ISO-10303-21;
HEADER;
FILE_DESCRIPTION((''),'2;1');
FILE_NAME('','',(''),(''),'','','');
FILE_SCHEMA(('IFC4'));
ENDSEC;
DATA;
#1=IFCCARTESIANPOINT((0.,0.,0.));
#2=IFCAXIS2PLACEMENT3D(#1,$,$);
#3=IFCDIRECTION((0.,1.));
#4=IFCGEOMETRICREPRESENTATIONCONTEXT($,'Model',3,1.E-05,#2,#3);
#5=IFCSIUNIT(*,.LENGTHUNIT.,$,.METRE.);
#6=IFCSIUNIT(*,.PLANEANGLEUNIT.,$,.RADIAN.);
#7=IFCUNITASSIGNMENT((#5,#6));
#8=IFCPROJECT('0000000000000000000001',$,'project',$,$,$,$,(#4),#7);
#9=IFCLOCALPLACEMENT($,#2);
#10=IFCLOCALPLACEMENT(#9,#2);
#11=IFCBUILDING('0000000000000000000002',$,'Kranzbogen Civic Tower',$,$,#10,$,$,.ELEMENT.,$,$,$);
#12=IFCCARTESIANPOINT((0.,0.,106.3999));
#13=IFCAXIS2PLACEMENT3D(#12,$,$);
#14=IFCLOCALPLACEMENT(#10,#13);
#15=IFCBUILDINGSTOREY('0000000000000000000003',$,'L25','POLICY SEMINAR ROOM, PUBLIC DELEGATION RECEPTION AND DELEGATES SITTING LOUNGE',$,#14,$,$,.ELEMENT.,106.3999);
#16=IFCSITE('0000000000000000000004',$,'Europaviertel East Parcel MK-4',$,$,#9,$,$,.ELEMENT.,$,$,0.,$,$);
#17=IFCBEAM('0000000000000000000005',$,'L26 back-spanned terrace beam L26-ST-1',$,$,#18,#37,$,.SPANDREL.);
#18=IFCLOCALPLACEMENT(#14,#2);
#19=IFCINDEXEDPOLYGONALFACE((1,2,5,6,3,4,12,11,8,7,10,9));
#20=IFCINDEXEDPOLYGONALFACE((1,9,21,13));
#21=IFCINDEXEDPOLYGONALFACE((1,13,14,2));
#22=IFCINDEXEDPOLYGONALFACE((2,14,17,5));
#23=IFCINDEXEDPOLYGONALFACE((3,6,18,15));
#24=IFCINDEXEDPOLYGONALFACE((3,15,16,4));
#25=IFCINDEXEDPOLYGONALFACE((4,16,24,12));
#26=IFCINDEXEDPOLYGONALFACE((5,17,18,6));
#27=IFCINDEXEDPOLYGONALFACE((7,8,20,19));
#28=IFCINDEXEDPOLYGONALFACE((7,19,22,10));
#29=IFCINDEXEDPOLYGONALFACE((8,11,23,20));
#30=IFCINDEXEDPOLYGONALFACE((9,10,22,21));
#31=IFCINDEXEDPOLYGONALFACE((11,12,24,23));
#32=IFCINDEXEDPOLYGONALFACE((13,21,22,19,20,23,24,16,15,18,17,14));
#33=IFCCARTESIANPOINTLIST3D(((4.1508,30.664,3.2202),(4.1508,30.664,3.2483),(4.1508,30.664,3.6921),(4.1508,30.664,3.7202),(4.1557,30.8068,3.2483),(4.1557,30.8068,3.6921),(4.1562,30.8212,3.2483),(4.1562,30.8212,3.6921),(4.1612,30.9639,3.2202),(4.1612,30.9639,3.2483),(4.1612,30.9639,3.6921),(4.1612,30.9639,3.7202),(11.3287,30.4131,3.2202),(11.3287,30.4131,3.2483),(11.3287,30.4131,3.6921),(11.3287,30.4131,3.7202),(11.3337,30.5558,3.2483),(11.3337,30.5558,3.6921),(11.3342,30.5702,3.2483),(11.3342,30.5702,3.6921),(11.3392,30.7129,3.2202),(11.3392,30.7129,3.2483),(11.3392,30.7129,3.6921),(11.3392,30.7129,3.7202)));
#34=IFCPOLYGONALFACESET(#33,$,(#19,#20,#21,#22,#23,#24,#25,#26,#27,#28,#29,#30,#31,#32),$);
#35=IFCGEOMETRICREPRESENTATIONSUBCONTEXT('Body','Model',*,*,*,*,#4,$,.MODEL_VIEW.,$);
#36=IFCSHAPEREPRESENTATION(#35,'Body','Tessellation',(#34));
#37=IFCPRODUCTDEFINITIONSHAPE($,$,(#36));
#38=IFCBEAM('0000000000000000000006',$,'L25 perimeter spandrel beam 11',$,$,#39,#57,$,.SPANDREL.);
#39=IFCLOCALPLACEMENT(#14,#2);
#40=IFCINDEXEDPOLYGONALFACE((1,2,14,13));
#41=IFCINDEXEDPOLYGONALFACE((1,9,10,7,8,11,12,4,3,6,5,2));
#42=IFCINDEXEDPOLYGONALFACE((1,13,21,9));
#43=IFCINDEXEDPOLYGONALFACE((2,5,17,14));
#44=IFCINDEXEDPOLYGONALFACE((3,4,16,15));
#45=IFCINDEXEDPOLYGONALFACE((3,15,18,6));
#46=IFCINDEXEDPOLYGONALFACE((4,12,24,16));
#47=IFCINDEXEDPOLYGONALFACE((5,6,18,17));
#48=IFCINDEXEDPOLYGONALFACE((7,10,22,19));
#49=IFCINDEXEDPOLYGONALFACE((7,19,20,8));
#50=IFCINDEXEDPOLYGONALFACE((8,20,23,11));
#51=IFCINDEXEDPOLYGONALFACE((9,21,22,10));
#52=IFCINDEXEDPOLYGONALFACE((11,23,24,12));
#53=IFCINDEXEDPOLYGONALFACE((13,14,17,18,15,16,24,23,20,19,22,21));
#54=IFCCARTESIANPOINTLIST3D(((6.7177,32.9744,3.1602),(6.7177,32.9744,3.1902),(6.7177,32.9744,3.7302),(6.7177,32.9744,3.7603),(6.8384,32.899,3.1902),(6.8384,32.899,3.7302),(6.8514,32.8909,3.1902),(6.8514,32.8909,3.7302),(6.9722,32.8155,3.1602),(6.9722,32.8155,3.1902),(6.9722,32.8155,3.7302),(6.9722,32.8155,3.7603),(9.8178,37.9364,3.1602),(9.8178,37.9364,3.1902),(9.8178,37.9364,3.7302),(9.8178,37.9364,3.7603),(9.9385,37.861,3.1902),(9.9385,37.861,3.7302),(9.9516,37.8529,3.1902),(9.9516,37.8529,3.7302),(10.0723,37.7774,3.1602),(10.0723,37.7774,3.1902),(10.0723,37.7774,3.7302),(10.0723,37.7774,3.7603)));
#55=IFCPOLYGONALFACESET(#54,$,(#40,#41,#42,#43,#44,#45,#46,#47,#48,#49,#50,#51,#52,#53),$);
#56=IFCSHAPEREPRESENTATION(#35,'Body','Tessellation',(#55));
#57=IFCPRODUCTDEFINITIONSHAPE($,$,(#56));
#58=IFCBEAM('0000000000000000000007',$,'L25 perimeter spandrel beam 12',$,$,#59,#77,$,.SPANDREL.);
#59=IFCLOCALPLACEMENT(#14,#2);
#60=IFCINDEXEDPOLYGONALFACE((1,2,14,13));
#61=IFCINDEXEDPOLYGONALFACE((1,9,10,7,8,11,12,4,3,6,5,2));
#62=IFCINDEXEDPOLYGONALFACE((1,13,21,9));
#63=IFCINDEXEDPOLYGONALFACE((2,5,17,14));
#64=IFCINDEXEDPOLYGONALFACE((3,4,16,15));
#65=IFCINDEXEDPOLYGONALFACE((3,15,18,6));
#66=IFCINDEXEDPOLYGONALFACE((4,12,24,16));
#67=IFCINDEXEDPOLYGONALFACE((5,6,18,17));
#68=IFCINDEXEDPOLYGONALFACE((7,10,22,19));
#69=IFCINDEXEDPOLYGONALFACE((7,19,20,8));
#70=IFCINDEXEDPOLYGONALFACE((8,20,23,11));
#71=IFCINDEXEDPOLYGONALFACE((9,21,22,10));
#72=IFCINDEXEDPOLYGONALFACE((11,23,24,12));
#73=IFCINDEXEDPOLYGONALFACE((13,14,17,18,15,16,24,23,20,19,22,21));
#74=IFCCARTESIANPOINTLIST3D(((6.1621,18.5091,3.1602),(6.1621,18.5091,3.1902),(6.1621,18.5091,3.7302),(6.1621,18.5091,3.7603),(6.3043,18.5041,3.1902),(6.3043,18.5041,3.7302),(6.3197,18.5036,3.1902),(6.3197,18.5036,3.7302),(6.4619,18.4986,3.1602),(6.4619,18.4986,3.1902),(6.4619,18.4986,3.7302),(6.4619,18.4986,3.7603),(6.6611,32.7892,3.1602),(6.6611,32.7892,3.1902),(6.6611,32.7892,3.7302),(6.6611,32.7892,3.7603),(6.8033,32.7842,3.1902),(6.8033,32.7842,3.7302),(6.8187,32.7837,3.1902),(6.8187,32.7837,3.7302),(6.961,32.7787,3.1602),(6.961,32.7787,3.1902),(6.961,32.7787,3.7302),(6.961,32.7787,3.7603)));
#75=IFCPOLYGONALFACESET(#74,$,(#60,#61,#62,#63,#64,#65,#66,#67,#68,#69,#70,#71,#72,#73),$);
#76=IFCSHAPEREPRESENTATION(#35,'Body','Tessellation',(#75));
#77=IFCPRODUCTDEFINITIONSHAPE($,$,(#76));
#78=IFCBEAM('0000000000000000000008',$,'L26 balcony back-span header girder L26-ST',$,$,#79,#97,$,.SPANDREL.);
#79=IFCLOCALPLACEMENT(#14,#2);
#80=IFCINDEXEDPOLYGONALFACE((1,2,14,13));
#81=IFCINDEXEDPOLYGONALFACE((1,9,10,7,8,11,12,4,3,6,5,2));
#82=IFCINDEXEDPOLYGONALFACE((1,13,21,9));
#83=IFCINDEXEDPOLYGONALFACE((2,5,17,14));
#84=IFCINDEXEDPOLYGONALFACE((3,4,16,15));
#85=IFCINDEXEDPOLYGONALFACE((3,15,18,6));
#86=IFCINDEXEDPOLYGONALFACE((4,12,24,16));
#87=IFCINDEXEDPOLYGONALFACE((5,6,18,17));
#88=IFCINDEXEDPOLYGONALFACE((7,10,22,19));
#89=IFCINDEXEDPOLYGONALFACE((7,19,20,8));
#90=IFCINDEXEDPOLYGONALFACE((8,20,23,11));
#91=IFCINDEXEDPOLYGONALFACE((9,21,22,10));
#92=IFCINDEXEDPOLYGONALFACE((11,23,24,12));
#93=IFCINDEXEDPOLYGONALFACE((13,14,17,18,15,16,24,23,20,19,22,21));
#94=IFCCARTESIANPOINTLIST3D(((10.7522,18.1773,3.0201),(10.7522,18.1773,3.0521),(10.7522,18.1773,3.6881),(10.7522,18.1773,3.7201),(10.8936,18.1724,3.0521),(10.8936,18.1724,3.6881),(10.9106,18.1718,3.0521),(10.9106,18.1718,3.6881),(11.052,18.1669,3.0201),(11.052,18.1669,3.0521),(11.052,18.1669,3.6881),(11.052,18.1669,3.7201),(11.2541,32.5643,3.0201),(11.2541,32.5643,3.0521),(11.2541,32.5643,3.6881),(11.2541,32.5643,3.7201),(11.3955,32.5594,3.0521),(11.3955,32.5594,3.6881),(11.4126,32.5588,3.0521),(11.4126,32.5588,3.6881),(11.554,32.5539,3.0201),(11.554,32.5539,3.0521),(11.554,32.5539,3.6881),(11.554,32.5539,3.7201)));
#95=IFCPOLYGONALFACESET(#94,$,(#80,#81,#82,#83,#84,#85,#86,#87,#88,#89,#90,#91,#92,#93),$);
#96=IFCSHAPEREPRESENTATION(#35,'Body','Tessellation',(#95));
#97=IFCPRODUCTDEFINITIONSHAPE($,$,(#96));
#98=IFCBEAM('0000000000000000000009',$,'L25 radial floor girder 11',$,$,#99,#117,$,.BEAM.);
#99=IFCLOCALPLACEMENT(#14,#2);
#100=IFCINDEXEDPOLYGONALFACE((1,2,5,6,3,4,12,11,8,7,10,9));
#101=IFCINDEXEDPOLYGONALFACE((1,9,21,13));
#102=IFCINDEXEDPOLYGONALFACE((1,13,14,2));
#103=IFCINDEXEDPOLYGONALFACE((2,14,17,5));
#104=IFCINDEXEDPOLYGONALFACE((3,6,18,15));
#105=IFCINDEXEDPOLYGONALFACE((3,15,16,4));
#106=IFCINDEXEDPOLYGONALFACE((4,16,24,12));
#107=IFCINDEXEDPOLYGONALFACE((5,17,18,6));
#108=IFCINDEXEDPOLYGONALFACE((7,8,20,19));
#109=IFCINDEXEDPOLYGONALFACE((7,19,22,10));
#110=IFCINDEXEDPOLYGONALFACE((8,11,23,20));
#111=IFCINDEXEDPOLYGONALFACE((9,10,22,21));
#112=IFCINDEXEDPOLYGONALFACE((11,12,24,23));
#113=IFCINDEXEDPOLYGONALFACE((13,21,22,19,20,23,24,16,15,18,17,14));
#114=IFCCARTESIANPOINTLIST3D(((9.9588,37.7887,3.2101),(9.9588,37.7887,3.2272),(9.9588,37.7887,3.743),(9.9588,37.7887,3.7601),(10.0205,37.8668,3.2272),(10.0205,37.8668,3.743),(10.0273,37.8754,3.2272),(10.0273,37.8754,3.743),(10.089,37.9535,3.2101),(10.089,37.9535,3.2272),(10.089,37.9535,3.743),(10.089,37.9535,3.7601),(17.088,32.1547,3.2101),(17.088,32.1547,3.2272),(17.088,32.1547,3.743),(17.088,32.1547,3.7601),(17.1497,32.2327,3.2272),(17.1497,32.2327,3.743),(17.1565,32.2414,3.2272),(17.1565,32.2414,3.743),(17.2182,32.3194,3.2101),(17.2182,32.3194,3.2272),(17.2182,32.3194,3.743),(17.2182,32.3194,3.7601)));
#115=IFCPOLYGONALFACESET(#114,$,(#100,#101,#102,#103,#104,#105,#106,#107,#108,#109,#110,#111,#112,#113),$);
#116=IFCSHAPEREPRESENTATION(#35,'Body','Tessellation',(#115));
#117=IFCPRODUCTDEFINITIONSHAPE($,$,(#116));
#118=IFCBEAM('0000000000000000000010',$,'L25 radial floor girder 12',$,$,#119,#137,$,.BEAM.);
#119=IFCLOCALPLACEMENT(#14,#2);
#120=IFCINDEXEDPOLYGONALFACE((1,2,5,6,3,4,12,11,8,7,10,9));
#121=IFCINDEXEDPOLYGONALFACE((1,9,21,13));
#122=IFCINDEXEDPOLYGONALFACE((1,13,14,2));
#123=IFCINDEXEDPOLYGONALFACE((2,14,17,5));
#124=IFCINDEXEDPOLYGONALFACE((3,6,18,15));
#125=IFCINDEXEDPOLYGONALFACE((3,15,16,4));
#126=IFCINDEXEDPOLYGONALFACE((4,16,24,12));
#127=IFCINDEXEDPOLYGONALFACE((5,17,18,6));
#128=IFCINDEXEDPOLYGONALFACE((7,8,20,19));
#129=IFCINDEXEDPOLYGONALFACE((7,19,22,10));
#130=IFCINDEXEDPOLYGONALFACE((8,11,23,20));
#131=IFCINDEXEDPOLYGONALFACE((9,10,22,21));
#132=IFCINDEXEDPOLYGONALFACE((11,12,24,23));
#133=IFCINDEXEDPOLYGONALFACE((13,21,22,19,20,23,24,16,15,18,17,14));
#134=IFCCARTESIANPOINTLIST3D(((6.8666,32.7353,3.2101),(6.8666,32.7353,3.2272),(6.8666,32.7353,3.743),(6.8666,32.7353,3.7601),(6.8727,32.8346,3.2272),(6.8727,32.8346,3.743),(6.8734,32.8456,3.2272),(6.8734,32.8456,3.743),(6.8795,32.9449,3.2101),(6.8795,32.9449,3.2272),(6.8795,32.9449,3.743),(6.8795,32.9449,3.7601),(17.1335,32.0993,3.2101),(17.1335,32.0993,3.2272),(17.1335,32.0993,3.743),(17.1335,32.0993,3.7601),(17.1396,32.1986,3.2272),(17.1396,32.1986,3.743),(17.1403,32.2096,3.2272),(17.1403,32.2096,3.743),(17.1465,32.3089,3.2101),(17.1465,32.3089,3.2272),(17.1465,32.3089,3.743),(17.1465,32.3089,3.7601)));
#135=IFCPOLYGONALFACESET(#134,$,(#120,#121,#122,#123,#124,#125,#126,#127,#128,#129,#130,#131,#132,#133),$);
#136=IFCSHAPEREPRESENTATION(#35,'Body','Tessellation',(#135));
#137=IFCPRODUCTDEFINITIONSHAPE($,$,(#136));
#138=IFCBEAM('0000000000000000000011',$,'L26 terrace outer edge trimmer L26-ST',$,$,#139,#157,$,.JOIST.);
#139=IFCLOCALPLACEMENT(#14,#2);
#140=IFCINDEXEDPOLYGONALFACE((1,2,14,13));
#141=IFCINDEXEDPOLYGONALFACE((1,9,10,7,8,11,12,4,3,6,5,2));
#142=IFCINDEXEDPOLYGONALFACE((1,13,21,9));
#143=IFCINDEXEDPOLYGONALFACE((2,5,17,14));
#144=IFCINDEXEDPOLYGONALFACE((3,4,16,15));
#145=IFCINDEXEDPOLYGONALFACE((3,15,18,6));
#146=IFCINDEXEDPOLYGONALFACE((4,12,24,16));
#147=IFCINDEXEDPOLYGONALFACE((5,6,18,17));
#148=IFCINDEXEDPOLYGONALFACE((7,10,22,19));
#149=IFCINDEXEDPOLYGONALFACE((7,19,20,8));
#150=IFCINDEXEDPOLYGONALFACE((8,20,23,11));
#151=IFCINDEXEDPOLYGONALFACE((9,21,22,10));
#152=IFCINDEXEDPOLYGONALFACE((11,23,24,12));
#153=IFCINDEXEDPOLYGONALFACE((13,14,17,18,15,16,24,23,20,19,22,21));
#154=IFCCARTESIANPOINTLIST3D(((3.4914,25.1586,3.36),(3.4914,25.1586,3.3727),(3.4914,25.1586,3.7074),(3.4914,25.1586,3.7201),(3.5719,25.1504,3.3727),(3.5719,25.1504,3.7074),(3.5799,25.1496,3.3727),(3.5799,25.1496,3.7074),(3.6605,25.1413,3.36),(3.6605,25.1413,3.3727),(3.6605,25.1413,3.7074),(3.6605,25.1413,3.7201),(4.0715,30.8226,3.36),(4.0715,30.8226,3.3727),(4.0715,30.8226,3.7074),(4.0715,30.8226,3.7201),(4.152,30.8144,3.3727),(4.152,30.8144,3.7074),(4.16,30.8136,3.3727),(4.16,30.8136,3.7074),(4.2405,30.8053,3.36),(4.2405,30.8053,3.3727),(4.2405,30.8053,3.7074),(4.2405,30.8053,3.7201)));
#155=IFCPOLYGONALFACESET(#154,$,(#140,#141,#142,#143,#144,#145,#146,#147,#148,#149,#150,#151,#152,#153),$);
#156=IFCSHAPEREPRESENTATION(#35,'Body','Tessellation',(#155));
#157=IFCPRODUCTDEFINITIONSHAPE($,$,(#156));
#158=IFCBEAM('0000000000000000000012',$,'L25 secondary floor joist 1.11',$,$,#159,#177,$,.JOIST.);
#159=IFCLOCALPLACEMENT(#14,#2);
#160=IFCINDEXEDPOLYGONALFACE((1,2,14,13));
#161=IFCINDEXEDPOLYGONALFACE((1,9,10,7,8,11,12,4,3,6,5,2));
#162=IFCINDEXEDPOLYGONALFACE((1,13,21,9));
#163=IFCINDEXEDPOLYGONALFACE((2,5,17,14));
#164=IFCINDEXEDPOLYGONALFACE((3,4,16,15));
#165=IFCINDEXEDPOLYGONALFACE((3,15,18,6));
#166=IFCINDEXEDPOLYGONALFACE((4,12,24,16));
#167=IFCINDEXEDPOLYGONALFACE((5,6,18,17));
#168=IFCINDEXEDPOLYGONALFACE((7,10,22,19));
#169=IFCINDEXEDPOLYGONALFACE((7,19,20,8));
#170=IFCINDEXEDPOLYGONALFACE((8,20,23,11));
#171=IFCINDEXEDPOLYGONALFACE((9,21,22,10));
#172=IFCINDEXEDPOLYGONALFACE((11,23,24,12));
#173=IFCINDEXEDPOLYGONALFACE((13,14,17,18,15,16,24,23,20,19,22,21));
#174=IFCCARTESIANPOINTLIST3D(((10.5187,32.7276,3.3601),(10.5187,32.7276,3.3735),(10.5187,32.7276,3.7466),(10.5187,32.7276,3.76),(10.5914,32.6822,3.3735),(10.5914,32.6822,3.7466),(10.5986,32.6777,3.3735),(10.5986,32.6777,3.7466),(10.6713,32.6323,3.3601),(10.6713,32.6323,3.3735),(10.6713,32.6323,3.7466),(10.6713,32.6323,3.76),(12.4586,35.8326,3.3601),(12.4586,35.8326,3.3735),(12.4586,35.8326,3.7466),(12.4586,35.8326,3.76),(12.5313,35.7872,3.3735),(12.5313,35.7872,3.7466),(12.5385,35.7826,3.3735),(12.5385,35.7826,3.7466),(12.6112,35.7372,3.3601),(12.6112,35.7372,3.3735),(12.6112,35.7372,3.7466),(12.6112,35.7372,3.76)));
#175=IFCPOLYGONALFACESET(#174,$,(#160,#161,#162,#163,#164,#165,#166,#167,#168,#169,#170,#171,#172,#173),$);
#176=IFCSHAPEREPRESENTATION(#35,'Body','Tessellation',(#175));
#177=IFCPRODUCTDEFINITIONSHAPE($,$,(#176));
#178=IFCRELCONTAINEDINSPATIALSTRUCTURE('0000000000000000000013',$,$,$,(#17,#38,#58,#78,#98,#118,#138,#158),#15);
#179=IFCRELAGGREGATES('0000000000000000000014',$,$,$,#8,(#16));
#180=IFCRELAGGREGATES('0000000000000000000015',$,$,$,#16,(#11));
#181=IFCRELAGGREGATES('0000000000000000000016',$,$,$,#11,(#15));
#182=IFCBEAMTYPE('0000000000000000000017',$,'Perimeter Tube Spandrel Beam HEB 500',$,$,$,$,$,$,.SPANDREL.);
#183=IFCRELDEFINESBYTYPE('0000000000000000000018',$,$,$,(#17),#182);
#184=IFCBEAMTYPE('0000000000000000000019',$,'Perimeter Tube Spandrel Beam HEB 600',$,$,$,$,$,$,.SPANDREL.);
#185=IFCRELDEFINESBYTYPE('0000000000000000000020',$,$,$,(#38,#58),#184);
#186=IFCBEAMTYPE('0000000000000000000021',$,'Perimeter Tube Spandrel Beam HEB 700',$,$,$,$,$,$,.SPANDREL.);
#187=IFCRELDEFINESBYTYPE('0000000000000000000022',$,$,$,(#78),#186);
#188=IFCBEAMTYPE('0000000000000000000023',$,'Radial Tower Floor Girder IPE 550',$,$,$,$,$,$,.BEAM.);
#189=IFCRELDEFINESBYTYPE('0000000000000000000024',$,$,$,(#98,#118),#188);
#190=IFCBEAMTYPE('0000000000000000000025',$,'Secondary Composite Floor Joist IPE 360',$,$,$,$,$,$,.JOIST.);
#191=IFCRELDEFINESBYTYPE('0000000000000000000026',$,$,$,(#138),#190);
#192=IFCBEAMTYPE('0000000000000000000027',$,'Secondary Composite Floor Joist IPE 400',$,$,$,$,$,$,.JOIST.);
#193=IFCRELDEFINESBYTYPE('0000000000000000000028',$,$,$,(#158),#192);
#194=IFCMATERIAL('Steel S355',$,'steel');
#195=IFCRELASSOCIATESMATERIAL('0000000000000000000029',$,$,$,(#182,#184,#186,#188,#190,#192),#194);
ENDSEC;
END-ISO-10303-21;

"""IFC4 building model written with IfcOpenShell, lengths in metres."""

from ifc_helpers import new_model, si_unit, direction, frame, origin, origin_2d, place, context, subcontext, project, spatial, i_section, extrude, material, material_profile, profile_set, type_object, element, save


model = new_model("IFC4")

# Units and contexts
model_context = context("Model", 3, precision=1e-05, world=origin(), true_north=direction((0.0, 1.0)))
body_context = subcontext(model_context, "Body", "Model", "MODEL_VIEW")
ifc_project = project(units=[si_unit("LENGTHUNIT", "METRE"), si_unit("PLANEANGLEUNIT", "RADIAN")], contexts=[model_context])

# Site, building, storey
site_placement = place(None, origin())
site = spatial("IfcSite", under=ifc_project, at=site_placement, Name="Europaviertel East Parcel MK-4", CompositionType="ELEMENT", RefElevation=0.0)
building_placement = place(site_placement, origin())
building = spatial("IfcBuilding", under=site, at=building_placement, Name="Kranzbogen Civic Tower", CompositionType="ELEMENT")
storey_placement = place(building_placement, frame((0.0, 0.0, 106.3999)))
storey = spatial("IfcBuildingStorey", under=building, at=storey_placement, Name="L25", Description="POLICY SEMINAR ROOM, PUBLIC DELEGATION RECEPTION AND DELEGATES SITTING LOUNGE", CompositionType="ELEMENT", Elevation=106.3999)

# Shared definitions
ifc_material_1 = material(Name="Steel S355", Category="steel")

# Beams
ifc_material_profile_1 = material_profile(ifc_material_1, i_section(OverallWidth=0.3, OverallDepth=0.5, WebThickness=0.0144, FlangeThickness=0.0281, at=origin_2d()), Name="HEB 500")
ifc_profile_set_1 = profile_set([ifc_material_profile_1], Name="Steel S355")
beam_type_1 = type_object("IfcBeamType", Name="Perimeter Tube Spandrel Beam HEB 500", PredefinedType="SPANDREL", material=ifc_profile_set_1)
beam_1_placement = place(storey_placement, frame((11.334, 30.563, 3.4702), z_axis=(-0.999389, 0.034943, 0.0), x_axis=(-0.034943, -0.999389, 0.0)))
element("IfcBeam", 1, at=beam_1_placement, inside=storey, type_object=beam_type_1, Name="L26 back-spanned terrace beam L26-ST-1", PredefinedType="SPANDREL", context=body_context, shape_type="SweptSolid", body=[
    extrude(i_section(OverallWidth=0.3, OverallDepth=0.5, WebThickness=0.0144, FlangeThickness=0.0281, at=origin_2d()), origin(), (0.0, 0.0, 1.0), 7.1824),
])
ifc_material_profile_2 = material_profile(ifc_material_1, i_section(OverallWidth=0.3, OverallDepth=0.6001, WebThickness=0.0154, FlangeThickness=0.03, at=origin_2d()), Name="HEB 600")
ifc_profile_set_2 = profile_set([ifc_material_profile_2], Name="Steel S355")
beam_type_2 = type_object("IfcBeamType", Name="Perimeter Tube Spandrel Beam HEB 600", PredefinedType="SPANDREL", material=ifc_profile_set_2)
beam_2_placement = place(storey_placement, frame((9.9451, 37.8569, 3.4602), z_axis=(-0.529864, -0.848083, 0.0), x_axis=(0.848083, -0.529864, 0.0)))
element("IfcBeam", 2, at=beam_2_placement, inside=storey, type_object=beam_type_2, Name="L25 perimeter spandrel beam 11", PredefinedType="SPANDREL", context=body_context, shape_type="SweptSolid", body=[
    extrude(i_section(OverallWidth=0.3, OverallDepth=0.6001, WebThickness=0.0154, FlangeThickness=0.03, at=origin_2d()), origin(), (0.0, 0.0, 1.0), 5.8508),
])
beam_3_placement = place(storey_placement, frame((6.811, 32.7839, 3.4602), z_axis=(-0.034924, -0.99939, 0.0), x_axis=(0.99939, -0.034924, 0.0)))
element("IfcBeam", 3, at=beam_3_placement, inside=storey, type_object=beam_type_2, Name="L25 perimeter spandrel beam 12", PredefinedType="SPANDREL", context=body_context, shape_type="SweptSolid", body=[
    extrude(i_section(OverallWidth=0.3, OverallDepth=0.6001, WebThickness=0.0154, FlangeThickness=0.03, at=origin_2d()), origin(), (0.0, 0.0, 1.0), 14.2888),
])
ifc_material_profile_3 = material_profile(ifc_material_1, i_section(OverallWidth=0.3, OverallDepth=0.7, WebThickness=0.0171, FlangeThickness=0.032, at=origin_2d()), Name="HEB 700")
ifc_profile_set_3 = profile_set([ifc_material_profile_3], Name="Steel S355")
beam_type_3 = type_object("IfcBeamType", Name="Perimeter Tube Spandrel Beam HEB 700", PredefinedType="SPANDREL", material=ifc_profile_set_3)
beam_4_placement = place(storey_placement, frame((11.4041, 32.5591, 3.3701), z_axis=(-0.034868, -0.999392, 0.0), x_axis=(0.999392, -0.034868, 0.0)))
element("IfcBeam", 4, at=beam_4_placement, inside=storey, type_object=beam_type_3, Name="L26 balcony back-span header girder L26-ST", PredefinedType="SPANDREL", context=body_context, shape_type="SweptSolid", body=[
    extrude(i_section(OverallWidth=0.3, OverallDepth=0.7, WebThickness=0.0171, FlangeThickness=0.032, at=origin_2d()), origin(), (0.0, 0.0, 1.0), 14.3958),
])
ifc_material_profile_4 = material_profile(ifc_material_1, i_section(OverallWidth=0.21, OverallDepth=0.55, WebThickness=0.011, FlangeThickness=0.0171, at=origin_2d()), Name="IPE 550")
ifc_profile_set_4 = profile_set([ifc_material_profile_4], Name="Steel S355")
beam_type_4 = type_object("IfcBeamType", Name="Radial Tower Floor Girder IPE 550", PredefinedType="BEAM", material=ifc_profile_set_4)
beam_5_placement = place(storey_placement, frame((10.0239, 37.8711, 3.4851), z_axis=(0.784575, -0.620034, 0.0), x_axis=(0.620034, 0.784575, 0.0)))
element("IfcBeam", 5, at=beam_5_placement, inside=storey, type_object=beam_type_4, Name="L25 radial floor girder 11", PredefinedType="BEAM", context=body_context, shape_type="SweptSolid", body=[
    extrude(i_section(OverallWidth=0.21, OverallDepth=0.55, WebThickness=0.011, FlangeThickness=0.0171, at=origin_2d()), origin(), (0.0, 0.0, 1.0), 9.0867),
])
beam_6_placement = place(storey_placement, frame((6.873, 32.8401, 3.4851), z_axis=(0.998087, -0.061827, 0.0), x_axis=(0.061827, 0.998087, 0.0)))
element("IfcBeam", 6, at=beam_6_placement, inside=storey, type_object=beam_type_4, Name="L25 radial floor girder 12", PredefinedType="BEAM", context=body_context, shape_type="SweptSolid", body=[
    extrude(i_section(OverallWidth=0.21, OverallDepth=0.55, WebThickness=0.011, FlangeThickness=0.0171, at=origin_2d()), origin(), (0.0, 0.0, 1.0), 10.2866),
])
ifc_material_profile_5 = material_profile(ifc_material_1, i_section(OverallWidth=0.1699, OverallDepth=0.3601, WebThickness=0.0081, FlangeThickness=0.0127, at=origin_2d()), Name="IPE 360")
ifc_profile_set_5 = profile_set([ifc_material_profile_5], Name="Steel S355")
beam_type_5 = type_object("IfcBeamType", Name="Secondary Composite Floor Joist IPE 360", PredefinedType="JOIST", material=ifc_profile_set_5)
beam_7_placement = place(storey_placement, frame((4.156, 30.814, 3.54), z_axis=(-0.101881, -0.994797, 0.0), x_axis=(0.994797, -0.101881, 0.0)))
element("IfcBeam", 7, at=beam_7_placement, inside=storey, type_object=beam_type_5, Name="L26 terrace outer edge trimmer L26-ST", PredefinedType="JOIST", context=body_context, shape_type="SweptSolid", body=[
    extrude(i_section(OverallWidth=0.1699, OverallDepth=0.3601, WebThickness=0.0081, FlangeThickness=0.0127, at=origin_2d()), origin(), (0.0, 0.0, 1.0), 5.6936),
])
ifc_material_profile_6 = material_profile(ifc_material_1, i_section(OverallWidth=0.1799, OverallDepth=0.3999, WebThickness=0.0085, FlangeThickness=0.0134, at=origin_2d()), Name="IPE 400")
ifc_profile_set_6 = profile_set([ifc_material_profile_6], Name="Steel S355")
beam_type_6 = type_object("IfcBeamType", Name="Secondary Composite Floor Joist IPE 400", PredefinedType="JOIST", material=ifc_profile_set_6)
beam_8_placement = place(storey_placement, frame((12.5349, 35.7849, 3.5601), z_axis=(-0.529867, -0.848081, 0.0), x_axis=(0.848081, -0.529867, 0.0)))
element("IfcBeam", 8, at=beam_8_placement, inside=storey, type_object=beam_type_6, Name="L25 secondary floor joist 1.11", PredefinedType="JOIST", context=body_context, shape_type="SweptSolid", body=[
    extrude(i_section(OverallWidth=0.1799, OverallDepth=0.3999, WebThickness=0.0085, FlangeThickness=0.0134, at=origin_2d()), origin(), (0.0, 0.0, 1.0), 3.6611),
])

save(model, "model.ifc")
